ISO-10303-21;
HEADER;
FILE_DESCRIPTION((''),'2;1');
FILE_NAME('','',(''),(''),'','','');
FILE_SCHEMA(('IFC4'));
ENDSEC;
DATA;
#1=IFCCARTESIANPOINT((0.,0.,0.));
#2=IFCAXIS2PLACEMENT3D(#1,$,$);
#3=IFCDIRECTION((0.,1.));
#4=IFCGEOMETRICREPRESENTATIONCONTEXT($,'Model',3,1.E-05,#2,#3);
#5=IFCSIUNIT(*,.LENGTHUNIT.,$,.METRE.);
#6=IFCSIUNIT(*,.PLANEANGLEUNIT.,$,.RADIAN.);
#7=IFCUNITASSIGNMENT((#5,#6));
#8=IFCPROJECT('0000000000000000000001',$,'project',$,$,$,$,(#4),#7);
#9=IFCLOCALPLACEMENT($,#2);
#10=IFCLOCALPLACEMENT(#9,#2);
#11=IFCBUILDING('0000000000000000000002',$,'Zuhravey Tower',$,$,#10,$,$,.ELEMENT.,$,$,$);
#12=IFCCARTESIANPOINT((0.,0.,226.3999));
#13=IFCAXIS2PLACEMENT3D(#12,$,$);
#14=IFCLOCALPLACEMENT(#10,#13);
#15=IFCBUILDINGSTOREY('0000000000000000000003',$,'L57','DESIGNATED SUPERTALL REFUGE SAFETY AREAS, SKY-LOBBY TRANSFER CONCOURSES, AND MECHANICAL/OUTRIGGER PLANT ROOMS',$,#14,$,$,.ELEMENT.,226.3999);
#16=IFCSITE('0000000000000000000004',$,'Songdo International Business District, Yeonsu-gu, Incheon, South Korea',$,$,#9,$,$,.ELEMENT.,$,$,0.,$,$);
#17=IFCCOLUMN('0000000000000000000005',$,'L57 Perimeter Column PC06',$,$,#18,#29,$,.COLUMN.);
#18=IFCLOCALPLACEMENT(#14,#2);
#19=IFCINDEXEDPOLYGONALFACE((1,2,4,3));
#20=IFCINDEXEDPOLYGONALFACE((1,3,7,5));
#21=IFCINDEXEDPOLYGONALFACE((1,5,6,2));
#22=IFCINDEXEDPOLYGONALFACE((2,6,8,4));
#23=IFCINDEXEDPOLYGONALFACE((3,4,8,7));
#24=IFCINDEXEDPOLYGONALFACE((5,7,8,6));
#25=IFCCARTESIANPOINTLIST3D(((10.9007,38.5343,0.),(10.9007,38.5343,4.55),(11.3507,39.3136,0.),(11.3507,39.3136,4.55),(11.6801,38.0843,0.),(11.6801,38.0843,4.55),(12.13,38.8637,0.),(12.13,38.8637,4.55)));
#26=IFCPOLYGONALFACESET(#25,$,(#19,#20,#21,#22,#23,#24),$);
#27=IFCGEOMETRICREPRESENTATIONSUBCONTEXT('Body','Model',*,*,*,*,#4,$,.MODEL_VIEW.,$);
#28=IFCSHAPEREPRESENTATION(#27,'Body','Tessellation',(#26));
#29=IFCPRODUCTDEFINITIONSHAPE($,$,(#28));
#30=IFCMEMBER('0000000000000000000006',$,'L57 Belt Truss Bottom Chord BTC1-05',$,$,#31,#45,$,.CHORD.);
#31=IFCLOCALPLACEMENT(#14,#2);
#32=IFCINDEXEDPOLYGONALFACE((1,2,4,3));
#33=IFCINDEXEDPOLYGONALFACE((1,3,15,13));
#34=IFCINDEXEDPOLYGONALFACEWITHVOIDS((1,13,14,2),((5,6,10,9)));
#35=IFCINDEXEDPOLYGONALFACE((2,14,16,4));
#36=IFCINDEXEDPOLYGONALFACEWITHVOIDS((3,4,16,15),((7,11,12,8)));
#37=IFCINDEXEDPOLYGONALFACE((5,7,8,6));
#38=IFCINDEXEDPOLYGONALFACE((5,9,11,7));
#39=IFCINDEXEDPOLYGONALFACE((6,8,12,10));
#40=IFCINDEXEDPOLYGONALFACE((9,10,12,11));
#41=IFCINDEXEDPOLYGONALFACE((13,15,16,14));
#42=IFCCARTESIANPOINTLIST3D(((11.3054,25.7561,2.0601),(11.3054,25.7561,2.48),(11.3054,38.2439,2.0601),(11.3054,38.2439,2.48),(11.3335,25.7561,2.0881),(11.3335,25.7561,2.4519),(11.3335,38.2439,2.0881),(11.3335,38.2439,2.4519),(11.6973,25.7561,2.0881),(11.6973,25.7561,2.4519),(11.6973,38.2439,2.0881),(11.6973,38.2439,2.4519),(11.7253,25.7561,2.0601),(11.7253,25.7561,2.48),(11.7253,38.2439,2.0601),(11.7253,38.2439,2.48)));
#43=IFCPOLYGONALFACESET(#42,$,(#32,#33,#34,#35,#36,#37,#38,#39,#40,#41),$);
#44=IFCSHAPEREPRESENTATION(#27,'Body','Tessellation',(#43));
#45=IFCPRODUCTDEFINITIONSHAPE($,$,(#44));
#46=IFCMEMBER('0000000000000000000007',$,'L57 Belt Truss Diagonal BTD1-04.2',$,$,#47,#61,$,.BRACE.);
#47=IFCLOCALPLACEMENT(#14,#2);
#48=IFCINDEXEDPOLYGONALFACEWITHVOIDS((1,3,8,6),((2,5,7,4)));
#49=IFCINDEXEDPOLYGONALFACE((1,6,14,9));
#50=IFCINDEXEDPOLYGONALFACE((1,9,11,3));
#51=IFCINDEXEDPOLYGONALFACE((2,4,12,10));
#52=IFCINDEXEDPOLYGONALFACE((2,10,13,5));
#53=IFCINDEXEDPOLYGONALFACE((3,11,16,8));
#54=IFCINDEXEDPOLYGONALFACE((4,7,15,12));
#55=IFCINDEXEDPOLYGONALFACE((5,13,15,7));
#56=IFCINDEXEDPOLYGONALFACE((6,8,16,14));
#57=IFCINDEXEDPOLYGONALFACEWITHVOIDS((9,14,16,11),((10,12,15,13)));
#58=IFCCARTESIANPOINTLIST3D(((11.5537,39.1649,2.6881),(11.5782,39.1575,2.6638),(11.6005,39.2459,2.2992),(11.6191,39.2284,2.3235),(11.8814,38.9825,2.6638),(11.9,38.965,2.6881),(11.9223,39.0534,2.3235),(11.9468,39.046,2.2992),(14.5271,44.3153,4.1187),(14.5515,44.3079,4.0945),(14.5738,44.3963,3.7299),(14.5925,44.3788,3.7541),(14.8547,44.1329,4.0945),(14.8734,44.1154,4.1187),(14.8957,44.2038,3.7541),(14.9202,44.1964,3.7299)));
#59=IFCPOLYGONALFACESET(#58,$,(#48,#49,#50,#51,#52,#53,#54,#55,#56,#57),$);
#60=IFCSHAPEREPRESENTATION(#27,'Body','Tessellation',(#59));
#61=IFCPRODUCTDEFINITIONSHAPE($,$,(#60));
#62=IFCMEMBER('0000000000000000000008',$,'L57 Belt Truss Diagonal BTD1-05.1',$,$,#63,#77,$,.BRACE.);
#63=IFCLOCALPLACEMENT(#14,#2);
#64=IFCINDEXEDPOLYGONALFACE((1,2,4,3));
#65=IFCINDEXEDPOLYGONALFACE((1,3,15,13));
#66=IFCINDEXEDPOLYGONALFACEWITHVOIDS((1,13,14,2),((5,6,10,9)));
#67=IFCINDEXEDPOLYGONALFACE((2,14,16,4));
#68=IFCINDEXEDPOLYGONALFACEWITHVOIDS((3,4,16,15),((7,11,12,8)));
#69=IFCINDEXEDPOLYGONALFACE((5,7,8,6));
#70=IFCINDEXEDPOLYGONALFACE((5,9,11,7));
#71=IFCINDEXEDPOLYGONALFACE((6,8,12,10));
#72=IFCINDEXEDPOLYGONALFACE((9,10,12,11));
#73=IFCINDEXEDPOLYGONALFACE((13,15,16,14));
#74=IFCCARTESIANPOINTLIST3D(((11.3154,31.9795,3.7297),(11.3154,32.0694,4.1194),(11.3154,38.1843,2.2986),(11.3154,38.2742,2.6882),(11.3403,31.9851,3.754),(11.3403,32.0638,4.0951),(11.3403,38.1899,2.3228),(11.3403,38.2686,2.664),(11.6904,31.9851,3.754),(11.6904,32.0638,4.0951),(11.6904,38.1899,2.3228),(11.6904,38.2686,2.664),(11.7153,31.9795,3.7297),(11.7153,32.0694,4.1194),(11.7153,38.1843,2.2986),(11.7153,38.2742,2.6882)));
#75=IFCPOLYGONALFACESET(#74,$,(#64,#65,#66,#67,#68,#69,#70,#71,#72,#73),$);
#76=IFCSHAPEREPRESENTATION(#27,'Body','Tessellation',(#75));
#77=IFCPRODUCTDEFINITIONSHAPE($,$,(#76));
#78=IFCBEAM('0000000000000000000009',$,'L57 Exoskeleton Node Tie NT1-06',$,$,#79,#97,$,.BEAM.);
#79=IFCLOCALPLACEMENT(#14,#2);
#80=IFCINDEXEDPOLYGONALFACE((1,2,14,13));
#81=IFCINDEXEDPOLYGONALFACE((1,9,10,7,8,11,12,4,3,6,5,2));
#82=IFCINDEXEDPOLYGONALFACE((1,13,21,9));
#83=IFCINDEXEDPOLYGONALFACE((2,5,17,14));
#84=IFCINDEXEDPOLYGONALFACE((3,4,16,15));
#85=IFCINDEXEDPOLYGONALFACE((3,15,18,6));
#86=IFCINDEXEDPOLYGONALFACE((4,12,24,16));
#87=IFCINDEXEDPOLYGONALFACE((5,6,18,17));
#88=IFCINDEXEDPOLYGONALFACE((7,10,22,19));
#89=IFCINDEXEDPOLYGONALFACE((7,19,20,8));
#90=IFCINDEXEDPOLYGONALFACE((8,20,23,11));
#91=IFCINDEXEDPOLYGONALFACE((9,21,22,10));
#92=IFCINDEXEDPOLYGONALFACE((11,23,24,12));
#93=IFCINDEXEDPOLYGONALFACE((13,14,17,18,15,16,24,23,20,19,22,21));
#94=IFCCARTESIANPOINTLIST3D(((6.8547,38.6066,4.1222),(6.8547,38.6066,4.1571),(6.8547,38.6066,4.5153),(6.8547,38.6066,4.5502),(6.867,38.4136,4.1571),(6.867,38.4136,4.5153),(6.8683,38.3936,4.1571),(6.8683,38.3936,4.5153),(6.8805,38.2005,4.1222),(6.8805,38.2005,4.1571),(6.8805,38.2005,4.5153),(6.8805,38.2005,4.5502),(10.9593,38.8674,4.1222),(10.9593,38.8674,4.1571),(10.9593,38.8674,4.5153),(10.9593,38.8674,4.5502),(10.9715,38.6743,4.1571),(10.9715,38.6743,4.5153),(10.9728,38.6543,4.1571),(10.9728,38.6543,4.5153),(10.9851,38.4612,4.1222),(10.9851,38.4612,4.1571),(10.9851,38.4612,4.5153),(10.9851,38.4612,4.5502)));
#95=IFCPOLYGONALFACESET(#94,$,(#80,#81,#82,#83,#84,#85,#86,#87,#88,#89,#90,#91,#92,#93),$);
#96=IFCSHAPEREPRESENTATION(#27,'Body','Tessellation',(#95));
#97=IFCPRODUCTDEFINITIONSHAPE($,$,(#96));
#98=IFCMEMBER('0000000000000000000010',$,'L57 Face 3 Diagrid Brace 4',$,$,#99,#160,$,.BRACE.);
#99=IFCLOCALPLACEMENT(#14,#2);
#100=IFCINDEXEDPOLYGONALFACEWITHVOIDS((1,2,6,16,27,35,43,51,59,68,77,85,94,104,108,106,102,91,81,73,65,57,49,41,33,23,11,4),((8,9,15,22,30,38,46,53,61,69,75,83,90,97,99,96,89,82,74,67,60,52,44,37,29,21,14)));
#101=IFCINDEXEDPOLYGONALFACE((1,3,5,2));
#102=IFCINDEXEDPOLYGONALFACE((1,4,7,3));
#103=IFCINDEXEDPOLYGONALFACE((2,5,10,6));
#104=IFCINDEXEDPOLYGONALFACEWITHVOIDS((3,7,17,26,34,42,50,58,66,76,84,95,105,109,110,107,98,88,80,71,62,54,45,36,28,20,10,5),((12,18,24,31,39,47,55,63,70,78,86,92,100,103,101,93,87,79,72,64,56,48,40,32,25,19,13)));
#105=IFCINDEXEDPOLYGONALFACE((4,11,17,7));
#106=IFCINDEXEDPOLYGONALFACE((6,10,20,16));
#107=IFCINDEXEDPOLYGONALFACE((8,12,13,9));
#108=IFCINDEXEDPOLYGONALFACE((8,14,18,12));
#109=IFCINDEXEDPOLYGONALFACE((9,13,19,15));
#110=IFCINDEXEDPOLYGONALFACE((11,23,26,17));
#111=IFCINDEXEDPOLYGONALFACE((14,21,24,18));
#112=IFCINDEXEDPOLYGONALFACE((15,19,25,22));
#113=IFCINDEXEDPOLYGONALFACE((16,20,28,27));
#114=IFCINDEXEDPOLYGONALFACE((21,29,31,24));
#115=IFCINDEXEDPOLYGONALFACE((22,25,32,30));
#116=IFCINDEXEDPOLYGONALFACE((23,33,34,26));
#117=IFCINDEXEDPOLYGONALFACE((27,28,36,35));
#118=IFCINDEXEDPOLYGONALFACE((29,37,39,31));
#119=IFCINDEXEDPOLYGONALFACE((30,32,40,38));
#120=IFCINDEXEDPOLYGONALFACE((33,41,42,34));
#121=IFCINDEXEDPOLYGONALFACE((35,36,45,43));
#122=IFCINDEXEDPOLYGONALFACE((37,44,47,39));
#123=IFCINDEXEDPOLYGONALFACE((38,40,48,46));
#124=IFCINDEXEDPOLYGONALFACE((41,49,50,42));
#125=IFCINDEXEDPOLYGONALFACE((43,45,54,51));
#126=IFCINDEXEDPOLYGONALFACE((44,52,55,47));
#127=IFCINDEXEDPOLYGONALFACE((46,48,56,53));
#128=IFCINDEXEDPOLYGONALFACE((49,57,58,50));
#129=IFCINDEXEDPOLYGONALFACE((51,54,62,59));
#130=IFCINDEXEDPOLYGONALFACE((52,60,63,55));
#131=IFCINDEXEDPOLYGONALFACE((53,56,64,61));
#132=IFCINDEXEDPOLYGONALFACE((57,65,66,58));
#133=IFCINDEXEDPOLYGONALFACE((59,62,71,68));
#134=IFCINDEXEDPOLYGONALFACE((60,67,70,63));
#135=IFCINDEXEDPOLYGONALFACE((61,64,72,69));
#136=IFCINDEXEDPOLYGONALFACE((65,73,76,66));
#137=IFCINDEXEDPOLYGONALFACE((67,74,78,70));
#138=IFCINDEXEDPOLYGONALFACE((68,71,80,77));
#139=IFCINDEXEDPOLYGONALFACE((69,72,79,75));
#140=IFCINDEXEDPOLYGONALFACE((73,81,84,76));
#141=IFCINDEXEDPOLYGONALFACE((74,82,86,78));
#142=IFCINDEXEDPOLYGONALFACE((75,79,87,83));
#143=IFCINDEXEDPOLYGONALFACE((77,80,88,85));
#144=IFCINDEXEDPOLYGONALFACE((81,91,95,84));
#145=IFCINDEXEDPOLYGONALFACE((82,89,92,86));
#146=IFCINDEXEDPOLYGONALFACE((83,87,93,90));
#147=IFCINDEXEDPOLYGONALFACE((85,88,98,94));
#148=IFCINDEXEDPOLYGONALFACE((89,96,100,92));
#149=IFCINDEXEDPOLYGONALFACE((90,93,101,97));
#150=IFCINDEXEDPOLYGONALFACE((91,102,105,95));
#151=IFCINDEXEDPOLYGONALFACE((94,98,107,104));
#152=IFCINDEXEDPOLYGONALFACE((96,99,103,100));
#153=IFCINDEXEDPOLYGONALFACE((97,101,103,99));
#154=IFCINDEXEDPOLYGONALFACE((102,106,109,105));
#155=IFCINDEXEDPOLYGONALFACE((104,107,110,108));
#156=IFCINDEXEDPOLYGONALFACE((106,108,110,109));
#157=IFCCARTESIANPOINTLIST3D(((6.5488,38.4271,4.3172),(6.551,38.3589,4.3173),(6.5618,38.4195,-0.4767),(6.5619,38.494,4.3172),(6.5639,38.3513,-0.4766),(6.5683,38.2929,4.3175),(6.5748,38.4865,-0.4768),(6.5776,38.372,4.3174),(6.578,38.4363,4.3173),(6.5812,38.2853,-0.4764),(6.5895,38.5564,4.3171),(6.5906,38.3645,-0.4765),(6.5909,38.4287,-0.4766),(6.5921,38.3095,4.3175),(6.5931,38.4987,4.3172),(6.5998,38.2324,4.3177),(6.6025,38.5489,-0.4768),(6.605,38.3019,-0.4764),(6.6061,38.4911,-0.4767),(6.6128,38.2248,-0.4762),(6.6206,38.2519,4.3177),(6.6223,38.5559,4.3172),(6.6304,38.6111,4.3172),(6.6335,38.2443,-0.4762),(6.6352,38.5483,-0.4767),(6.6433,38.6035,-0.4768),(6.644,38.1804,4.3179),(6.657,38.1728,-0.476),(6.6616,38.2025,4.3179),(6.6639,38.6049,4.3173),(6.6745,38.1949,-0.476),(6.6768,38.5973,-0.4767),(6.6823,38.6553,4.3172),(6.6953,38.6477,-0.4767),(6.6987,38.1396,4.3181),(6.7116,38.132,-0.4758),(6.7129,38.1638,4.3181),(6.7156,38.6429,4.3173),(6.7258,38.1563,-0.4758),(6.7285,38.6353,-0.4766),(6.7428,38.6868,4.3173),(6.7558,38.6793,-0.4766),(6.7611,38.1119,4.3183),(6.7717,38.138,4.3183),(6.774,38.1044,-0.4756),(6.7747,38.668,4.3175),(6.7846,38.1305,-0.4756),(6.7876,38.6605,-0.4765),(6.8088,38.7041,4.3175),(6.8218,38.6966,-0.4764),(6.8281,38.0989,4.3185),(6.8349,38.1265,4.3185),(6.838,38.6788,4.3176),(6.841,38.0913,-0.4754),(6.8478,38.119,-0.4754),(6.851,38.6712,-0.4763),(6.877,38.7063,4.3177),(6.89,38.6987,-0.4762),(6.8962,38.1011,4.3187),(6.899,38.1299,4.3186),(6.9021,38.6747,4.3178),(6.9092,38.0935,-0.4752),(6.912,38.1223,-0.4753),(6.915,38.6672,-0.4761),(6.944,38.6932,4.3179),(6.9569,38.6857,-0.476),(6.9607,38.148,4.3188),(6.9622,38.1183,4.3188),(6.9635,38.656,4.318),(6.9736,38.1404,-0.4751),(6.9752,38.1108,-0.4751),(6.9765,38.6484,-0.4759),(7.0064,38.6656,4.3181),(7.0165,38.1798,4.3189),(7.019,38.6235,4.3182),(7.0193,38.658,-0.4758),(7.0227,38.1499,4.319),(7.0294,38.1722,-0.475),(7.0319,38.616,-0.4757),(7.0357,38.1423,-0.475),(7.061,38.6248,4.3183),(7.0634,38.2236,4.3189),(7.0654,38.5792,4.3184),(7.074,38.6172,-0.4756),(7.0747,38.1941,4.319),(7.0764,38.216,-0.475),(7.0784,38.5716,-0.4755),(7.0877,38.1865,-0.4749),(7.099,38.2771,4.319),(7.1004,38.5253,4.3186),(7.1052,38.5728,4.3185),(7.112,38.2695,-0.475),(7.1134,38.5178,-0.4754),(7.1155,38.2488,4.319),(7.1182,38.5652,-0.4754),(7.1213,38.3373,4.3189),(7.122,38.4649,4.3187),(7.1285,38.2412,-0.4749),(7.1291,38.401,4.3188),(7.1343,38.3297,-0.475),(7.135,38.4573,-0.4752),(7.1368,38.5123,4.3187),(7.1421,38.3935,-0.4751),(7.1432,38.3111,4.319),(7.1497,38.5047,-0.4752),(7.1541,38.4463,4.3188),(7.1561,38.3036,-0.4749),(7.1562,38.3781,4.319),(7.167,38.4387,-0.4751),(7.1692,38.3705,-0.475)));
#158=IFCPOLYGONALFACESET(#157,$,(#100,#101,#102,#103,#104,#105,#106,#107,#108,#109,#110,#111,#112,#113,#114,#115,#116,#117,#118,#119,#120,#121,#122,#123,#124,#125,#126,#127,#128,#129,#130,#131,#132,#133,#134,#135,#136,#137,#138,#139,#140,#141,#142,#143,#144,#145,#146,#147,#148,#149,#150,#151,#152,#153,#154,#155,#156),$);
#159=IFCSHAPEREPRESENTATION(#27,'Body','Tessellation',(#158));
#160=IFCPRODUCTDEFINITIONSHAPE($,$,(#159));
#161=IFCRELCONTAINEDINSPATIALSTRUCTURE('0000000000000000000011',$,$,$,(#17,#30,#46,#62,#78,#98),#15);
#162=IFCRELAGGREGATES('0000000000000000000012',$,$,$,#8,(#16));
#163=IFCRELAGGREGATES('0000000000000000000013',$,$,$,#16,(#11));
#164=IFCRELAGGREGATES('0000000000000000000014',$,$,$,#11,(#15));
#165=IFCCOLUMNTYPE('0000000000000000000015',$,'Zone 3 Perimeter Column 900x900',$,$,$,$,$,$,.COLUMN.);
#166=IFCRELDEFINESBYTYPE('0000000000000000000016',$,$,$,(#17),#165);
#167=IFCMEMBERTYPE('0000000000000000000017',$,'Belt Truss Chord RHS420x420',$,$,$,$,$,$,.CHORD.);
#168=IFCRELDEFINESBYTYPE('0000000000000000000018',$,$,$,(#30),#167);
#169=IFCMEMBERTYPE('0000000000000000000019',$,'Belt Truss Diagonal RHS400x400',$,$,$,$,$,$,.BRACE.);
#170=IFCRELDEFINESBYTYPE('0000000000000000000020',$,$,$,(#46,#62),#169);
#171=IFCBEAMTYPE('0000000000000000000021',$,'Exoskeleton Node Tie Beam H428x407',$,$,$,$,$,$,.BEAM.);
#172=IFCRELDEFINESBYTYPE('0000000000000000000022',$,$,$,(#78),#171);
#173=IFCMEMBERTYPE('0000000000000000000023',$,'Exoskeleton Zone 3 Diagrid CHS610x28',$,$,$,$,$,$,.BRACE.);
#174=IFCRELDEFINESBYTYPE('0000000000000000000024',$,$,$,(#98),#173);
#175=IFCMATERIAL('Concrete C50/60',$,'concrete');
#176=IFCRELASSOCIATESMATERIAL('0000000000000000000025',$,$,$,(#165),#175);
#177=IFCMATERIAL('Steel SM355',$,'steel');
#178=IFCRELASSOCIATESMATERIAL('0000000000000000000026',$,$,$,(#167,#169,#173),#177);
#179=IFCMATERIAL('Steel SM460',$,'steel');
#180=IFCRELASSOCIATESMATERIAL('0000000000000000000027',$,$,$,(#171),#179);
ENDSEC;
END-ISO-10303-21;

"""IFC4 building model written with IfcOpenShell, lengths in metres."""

from ifc_helpers import new_model, si_unit, direction, frame, origin, origin_2d, place, context, subcontext, project, spatial, rectangle, hollow_rectangle, hollow_circle, i_section, extrude, material, material_profile, profile_set, type_object, element, save


model = new_model("IFC4")

# Units and contexts
model_context = context("Model", 3, precision=1e-05, world=origin(), true_north=direction((0.0, 1.0)))
body_context = subcontext(model_context, "Body", "Model", "MODEL_VIEW")
ifc_project = project(units=[si_unit("LENGTHUNIT", "METRE"), si_unit("PLANEANGLEUNIT", "RADIAN")], contexts=[model_context])

# Site, building, storey
site_placement = place(None, origin())
site = spatial("IfcSite", under=ifc_project, at=site_placement, Name="Songdo International Business District, Yeonsu-gu, Incheon, South Korea", CompositionType="ELEMENT", RefElevation=0.0)
building_placement = place(site_placement, origin())
building = spatial("IfcBuilding", under=site, at=building_placement, Name="Zuhravey Tower", CompositionType="ELEMENT")
storey_placement = place(building_placement, frame((0.0, 0.0, 226.3999)))
storey = spatial("IfcBuildingStorey", under=building, at=storey_placement, Name="L57", Description="DESIGNATED SUPERTALL REFUGE SAFETY AREAS, SKY-LOBBY TRANSFER CONCOURSES, AND MECHANICAL/OUTRIGGER PLANT ROOMS", CompositionType="ELEMENT", Elevation=226.3999)

# Column
ifc_material_1 = material(Name="Concrete C50/60", Category="concrete")
ifc_material_profile_1 = material_profile(ifc_material_1, rectangle(XDim=0.8999, YDim=0.8999, at=origin_2d()), Name="RC-900x900")
ifc_profile_set_1 = profile_set([ifc_material_profile_1], Name="Concrete C50/60")
column_type = type_object("IfcColumnType", Name="Zone 3 Perimeter Column 900x900", PredefinedType="COLUMN", material=ifc_profile_set_1)
column_placement = place(storey_placement, frame((11.5154, 38.699, 0.0), z_axis=(0.0, 0.0, 1.0), x_axis=(-0.5, -0.866025, 0.0)))
element("IfcColumn", 1, at=column_placement, inside=storey, type_object=column_type, Name="L57 Perimeter Column PC06", PredefinedType="COLUMN", context=body_context, shape_type="SweptSolid", body=[
    extrude(rectangle(XDim=0.8999, YDim=0.8999, at=origin_2d()), origin(), (0.0, 0.0, 1.0), 4.55),
])

# Members
ifc_material_2 = material(Name="Steel SM355", Category="steel")
ifc_material_profile_2 = material_profile(ifc_material_2, hollow_rectangle(XDim=0.4199, YDim=0.4199, WallThickness=0.0281, at=origin_2d()), Name="RHS-420x420x28")
ifc_profile_set_2 = profile_set([ifc_material_profile_2], Name="Steel SM355")
member_type_1 = type_object("IfcMemberType", Name="Belt Truss Chord RHS420x420", PredefinedType="CHORD", material=ifc_profile_set_2)
member_1_placement = place(storey_placement, frame((11.5154, 38.2439, 2.27), z_axis=(0.0, -1.0, 0.0), x_axis=(1.0, 0.0, 0.0)))
element("IfcMember", 2, at=member_1_placement, inside=storey, type_object=member_type_1, Name="L57 Belt Truss Bottom Chord BTC1-05", PredefinedType="CHORD", context=body_context, shape_type="SweptSolid", body=[
    extrude(hollow_rectangle(XDim=0.4199, YDim=0.4199, WallThickness=0.0281, at=origin_2d()), origin(), (0.0, 0.0, 1.0), 12.4878),
])
ifc_material_profile_3 = material_profile(ifc_material_2, hollow_rectangle(XDim=0.3999, YDim=0.3999, WallThickness=0.0249, at=origin_2d()), Name="RHS-400x400x25")
ifc_profile_set_3 = profile_set([ifc_material_profile_3], Name="Steel SM355")
member_type_2 = type_object("IfcMemberType", Name="Belt Truss Diagonal RHS400x400", PredefinedType="BRACE", material=ifc_profile_set_3)
member_2_placement = place(storey_placement, frame((11.7502, 39.1055, 2.4937), z_axis=(0.486108, 0.842017, 0.233894), x_axis=(-0.866039, 0.499976, 0.0)))
element("IfcMember", 3, at=member_2_placement, inside=storey, type_object=member_type_2, Name="L57 Belt Truss Diagonal BTD1-04.2", PredefinedType="BRACE", context=body_context, shape_type="SweptSolid", body=[
    extrude(hollow_rectangle(XDim=0.3999, YDim=0.3999, WallThickness=0.0249, at=origin_2d()), origin(), (0.0, 0.0, 1.0), 6.1167),
])
member_3_placement = place(storey_placement, frame((11.5154, 38.2292, 2.4934), z_axis=(0.0, -0.974416, 0.22475), x_axis=(1.0, 0.0, 0.0)))
element("IfcMember", 4, at=member_3_placement, inside=storey, type_object=member_type_2, Name="L57 Belt Truss Diagonal BTD1-05.1", PredefinedType="BRACE", context=body_context, shape_type="SweptSolid", body=[
    extrude(hollow_rectangle(XDim=0.3999, YDim=0.3999, WallThickness=0.0249, at=origin_2d()), origin(), (0.0, 0.0, 1.0), 6.3677),
])

# Beam
ifc_material_3 = material(Name="Steel SM460", Category="steel")
ifc_material_profile_4 = material_profile(ifc_material_3, i_section(OverallWidth=0.407, OverallDepth=0.428, WebThickness=0.02, FlangeThickness=0.0349, at=origin_2d()), Name="H-428x407x20x35")
ifc_profile_set_4 = profile_set([ifc_material_profile_4], Name="Steel SM460")
beam_type_1 = type_object("IfcBeamType", Name="Exoskeleton Node Tie Beam H428x407", PredefinedType="BEAM", material=ifc_profile_set_4)
beam_1_placement = place(storey_placement, frame((10.9722, 38.6643, 4.3362), z_axis=(-0.997988, -0.063398, 0.0), x_axis=(0.063398, -0.997988, 0.0)))
element("IfcBeam", 5, at=beam_1_placement, inside=storey, type_object=beam_type_1, Name="L57 Exoskeleton Node Tie NT1-06", PredefinedType="BEAM", context=body_context, shape_type="SweptSolid", body=[
    extrude(i_section(OverallWidth=0.407, OverallDepth=0.428, WebThickness=0.02, FlangeThickness=0.0349, at=origin_2d()), origin(), (0.0, 0.0, 1.0), 4.1128),
])

# Member
ifc_material_profile_5 = material_profile(ifc_material_2, hollow_circle(Radius=0.3047, WallThickness=0.0281, at=origin_2d()), Name="CHS-609.6x28")
ifc_profile_set_5 = profile_set([ifc_material_profile_5], Name="Steel SM355")
member_type_3 = type_object("IfcMemberType", Name="Exoskeleton Zone 3 Diagrid CHS610x28", PredefinedType="BRACE", material=ifc_profile_set_5)
member_4_placement = place(storey_placement, frame((6.8655, 38.395, -0.4758), z_axis=(-0.002699, 0.001579, 0.999995), x_axis=(-0.504883, -0.863188, 0.0)))
element("IfcMember", 6, at=member_4_placement, inside=storey, type_object=member_type_3, Name="L57 Face 3 Diagrid Brace 4", PredefinedType="BRACE", context=body_context, shape_type="SweptSolid", body=[
    extrude(hollow_circle(Radius=0.3047, WallThickness=0.0281, at=origin_2d()), origin(), (0.0, 0.0, 1.0), 4.7939),
])

save(model, "model.ifc")
